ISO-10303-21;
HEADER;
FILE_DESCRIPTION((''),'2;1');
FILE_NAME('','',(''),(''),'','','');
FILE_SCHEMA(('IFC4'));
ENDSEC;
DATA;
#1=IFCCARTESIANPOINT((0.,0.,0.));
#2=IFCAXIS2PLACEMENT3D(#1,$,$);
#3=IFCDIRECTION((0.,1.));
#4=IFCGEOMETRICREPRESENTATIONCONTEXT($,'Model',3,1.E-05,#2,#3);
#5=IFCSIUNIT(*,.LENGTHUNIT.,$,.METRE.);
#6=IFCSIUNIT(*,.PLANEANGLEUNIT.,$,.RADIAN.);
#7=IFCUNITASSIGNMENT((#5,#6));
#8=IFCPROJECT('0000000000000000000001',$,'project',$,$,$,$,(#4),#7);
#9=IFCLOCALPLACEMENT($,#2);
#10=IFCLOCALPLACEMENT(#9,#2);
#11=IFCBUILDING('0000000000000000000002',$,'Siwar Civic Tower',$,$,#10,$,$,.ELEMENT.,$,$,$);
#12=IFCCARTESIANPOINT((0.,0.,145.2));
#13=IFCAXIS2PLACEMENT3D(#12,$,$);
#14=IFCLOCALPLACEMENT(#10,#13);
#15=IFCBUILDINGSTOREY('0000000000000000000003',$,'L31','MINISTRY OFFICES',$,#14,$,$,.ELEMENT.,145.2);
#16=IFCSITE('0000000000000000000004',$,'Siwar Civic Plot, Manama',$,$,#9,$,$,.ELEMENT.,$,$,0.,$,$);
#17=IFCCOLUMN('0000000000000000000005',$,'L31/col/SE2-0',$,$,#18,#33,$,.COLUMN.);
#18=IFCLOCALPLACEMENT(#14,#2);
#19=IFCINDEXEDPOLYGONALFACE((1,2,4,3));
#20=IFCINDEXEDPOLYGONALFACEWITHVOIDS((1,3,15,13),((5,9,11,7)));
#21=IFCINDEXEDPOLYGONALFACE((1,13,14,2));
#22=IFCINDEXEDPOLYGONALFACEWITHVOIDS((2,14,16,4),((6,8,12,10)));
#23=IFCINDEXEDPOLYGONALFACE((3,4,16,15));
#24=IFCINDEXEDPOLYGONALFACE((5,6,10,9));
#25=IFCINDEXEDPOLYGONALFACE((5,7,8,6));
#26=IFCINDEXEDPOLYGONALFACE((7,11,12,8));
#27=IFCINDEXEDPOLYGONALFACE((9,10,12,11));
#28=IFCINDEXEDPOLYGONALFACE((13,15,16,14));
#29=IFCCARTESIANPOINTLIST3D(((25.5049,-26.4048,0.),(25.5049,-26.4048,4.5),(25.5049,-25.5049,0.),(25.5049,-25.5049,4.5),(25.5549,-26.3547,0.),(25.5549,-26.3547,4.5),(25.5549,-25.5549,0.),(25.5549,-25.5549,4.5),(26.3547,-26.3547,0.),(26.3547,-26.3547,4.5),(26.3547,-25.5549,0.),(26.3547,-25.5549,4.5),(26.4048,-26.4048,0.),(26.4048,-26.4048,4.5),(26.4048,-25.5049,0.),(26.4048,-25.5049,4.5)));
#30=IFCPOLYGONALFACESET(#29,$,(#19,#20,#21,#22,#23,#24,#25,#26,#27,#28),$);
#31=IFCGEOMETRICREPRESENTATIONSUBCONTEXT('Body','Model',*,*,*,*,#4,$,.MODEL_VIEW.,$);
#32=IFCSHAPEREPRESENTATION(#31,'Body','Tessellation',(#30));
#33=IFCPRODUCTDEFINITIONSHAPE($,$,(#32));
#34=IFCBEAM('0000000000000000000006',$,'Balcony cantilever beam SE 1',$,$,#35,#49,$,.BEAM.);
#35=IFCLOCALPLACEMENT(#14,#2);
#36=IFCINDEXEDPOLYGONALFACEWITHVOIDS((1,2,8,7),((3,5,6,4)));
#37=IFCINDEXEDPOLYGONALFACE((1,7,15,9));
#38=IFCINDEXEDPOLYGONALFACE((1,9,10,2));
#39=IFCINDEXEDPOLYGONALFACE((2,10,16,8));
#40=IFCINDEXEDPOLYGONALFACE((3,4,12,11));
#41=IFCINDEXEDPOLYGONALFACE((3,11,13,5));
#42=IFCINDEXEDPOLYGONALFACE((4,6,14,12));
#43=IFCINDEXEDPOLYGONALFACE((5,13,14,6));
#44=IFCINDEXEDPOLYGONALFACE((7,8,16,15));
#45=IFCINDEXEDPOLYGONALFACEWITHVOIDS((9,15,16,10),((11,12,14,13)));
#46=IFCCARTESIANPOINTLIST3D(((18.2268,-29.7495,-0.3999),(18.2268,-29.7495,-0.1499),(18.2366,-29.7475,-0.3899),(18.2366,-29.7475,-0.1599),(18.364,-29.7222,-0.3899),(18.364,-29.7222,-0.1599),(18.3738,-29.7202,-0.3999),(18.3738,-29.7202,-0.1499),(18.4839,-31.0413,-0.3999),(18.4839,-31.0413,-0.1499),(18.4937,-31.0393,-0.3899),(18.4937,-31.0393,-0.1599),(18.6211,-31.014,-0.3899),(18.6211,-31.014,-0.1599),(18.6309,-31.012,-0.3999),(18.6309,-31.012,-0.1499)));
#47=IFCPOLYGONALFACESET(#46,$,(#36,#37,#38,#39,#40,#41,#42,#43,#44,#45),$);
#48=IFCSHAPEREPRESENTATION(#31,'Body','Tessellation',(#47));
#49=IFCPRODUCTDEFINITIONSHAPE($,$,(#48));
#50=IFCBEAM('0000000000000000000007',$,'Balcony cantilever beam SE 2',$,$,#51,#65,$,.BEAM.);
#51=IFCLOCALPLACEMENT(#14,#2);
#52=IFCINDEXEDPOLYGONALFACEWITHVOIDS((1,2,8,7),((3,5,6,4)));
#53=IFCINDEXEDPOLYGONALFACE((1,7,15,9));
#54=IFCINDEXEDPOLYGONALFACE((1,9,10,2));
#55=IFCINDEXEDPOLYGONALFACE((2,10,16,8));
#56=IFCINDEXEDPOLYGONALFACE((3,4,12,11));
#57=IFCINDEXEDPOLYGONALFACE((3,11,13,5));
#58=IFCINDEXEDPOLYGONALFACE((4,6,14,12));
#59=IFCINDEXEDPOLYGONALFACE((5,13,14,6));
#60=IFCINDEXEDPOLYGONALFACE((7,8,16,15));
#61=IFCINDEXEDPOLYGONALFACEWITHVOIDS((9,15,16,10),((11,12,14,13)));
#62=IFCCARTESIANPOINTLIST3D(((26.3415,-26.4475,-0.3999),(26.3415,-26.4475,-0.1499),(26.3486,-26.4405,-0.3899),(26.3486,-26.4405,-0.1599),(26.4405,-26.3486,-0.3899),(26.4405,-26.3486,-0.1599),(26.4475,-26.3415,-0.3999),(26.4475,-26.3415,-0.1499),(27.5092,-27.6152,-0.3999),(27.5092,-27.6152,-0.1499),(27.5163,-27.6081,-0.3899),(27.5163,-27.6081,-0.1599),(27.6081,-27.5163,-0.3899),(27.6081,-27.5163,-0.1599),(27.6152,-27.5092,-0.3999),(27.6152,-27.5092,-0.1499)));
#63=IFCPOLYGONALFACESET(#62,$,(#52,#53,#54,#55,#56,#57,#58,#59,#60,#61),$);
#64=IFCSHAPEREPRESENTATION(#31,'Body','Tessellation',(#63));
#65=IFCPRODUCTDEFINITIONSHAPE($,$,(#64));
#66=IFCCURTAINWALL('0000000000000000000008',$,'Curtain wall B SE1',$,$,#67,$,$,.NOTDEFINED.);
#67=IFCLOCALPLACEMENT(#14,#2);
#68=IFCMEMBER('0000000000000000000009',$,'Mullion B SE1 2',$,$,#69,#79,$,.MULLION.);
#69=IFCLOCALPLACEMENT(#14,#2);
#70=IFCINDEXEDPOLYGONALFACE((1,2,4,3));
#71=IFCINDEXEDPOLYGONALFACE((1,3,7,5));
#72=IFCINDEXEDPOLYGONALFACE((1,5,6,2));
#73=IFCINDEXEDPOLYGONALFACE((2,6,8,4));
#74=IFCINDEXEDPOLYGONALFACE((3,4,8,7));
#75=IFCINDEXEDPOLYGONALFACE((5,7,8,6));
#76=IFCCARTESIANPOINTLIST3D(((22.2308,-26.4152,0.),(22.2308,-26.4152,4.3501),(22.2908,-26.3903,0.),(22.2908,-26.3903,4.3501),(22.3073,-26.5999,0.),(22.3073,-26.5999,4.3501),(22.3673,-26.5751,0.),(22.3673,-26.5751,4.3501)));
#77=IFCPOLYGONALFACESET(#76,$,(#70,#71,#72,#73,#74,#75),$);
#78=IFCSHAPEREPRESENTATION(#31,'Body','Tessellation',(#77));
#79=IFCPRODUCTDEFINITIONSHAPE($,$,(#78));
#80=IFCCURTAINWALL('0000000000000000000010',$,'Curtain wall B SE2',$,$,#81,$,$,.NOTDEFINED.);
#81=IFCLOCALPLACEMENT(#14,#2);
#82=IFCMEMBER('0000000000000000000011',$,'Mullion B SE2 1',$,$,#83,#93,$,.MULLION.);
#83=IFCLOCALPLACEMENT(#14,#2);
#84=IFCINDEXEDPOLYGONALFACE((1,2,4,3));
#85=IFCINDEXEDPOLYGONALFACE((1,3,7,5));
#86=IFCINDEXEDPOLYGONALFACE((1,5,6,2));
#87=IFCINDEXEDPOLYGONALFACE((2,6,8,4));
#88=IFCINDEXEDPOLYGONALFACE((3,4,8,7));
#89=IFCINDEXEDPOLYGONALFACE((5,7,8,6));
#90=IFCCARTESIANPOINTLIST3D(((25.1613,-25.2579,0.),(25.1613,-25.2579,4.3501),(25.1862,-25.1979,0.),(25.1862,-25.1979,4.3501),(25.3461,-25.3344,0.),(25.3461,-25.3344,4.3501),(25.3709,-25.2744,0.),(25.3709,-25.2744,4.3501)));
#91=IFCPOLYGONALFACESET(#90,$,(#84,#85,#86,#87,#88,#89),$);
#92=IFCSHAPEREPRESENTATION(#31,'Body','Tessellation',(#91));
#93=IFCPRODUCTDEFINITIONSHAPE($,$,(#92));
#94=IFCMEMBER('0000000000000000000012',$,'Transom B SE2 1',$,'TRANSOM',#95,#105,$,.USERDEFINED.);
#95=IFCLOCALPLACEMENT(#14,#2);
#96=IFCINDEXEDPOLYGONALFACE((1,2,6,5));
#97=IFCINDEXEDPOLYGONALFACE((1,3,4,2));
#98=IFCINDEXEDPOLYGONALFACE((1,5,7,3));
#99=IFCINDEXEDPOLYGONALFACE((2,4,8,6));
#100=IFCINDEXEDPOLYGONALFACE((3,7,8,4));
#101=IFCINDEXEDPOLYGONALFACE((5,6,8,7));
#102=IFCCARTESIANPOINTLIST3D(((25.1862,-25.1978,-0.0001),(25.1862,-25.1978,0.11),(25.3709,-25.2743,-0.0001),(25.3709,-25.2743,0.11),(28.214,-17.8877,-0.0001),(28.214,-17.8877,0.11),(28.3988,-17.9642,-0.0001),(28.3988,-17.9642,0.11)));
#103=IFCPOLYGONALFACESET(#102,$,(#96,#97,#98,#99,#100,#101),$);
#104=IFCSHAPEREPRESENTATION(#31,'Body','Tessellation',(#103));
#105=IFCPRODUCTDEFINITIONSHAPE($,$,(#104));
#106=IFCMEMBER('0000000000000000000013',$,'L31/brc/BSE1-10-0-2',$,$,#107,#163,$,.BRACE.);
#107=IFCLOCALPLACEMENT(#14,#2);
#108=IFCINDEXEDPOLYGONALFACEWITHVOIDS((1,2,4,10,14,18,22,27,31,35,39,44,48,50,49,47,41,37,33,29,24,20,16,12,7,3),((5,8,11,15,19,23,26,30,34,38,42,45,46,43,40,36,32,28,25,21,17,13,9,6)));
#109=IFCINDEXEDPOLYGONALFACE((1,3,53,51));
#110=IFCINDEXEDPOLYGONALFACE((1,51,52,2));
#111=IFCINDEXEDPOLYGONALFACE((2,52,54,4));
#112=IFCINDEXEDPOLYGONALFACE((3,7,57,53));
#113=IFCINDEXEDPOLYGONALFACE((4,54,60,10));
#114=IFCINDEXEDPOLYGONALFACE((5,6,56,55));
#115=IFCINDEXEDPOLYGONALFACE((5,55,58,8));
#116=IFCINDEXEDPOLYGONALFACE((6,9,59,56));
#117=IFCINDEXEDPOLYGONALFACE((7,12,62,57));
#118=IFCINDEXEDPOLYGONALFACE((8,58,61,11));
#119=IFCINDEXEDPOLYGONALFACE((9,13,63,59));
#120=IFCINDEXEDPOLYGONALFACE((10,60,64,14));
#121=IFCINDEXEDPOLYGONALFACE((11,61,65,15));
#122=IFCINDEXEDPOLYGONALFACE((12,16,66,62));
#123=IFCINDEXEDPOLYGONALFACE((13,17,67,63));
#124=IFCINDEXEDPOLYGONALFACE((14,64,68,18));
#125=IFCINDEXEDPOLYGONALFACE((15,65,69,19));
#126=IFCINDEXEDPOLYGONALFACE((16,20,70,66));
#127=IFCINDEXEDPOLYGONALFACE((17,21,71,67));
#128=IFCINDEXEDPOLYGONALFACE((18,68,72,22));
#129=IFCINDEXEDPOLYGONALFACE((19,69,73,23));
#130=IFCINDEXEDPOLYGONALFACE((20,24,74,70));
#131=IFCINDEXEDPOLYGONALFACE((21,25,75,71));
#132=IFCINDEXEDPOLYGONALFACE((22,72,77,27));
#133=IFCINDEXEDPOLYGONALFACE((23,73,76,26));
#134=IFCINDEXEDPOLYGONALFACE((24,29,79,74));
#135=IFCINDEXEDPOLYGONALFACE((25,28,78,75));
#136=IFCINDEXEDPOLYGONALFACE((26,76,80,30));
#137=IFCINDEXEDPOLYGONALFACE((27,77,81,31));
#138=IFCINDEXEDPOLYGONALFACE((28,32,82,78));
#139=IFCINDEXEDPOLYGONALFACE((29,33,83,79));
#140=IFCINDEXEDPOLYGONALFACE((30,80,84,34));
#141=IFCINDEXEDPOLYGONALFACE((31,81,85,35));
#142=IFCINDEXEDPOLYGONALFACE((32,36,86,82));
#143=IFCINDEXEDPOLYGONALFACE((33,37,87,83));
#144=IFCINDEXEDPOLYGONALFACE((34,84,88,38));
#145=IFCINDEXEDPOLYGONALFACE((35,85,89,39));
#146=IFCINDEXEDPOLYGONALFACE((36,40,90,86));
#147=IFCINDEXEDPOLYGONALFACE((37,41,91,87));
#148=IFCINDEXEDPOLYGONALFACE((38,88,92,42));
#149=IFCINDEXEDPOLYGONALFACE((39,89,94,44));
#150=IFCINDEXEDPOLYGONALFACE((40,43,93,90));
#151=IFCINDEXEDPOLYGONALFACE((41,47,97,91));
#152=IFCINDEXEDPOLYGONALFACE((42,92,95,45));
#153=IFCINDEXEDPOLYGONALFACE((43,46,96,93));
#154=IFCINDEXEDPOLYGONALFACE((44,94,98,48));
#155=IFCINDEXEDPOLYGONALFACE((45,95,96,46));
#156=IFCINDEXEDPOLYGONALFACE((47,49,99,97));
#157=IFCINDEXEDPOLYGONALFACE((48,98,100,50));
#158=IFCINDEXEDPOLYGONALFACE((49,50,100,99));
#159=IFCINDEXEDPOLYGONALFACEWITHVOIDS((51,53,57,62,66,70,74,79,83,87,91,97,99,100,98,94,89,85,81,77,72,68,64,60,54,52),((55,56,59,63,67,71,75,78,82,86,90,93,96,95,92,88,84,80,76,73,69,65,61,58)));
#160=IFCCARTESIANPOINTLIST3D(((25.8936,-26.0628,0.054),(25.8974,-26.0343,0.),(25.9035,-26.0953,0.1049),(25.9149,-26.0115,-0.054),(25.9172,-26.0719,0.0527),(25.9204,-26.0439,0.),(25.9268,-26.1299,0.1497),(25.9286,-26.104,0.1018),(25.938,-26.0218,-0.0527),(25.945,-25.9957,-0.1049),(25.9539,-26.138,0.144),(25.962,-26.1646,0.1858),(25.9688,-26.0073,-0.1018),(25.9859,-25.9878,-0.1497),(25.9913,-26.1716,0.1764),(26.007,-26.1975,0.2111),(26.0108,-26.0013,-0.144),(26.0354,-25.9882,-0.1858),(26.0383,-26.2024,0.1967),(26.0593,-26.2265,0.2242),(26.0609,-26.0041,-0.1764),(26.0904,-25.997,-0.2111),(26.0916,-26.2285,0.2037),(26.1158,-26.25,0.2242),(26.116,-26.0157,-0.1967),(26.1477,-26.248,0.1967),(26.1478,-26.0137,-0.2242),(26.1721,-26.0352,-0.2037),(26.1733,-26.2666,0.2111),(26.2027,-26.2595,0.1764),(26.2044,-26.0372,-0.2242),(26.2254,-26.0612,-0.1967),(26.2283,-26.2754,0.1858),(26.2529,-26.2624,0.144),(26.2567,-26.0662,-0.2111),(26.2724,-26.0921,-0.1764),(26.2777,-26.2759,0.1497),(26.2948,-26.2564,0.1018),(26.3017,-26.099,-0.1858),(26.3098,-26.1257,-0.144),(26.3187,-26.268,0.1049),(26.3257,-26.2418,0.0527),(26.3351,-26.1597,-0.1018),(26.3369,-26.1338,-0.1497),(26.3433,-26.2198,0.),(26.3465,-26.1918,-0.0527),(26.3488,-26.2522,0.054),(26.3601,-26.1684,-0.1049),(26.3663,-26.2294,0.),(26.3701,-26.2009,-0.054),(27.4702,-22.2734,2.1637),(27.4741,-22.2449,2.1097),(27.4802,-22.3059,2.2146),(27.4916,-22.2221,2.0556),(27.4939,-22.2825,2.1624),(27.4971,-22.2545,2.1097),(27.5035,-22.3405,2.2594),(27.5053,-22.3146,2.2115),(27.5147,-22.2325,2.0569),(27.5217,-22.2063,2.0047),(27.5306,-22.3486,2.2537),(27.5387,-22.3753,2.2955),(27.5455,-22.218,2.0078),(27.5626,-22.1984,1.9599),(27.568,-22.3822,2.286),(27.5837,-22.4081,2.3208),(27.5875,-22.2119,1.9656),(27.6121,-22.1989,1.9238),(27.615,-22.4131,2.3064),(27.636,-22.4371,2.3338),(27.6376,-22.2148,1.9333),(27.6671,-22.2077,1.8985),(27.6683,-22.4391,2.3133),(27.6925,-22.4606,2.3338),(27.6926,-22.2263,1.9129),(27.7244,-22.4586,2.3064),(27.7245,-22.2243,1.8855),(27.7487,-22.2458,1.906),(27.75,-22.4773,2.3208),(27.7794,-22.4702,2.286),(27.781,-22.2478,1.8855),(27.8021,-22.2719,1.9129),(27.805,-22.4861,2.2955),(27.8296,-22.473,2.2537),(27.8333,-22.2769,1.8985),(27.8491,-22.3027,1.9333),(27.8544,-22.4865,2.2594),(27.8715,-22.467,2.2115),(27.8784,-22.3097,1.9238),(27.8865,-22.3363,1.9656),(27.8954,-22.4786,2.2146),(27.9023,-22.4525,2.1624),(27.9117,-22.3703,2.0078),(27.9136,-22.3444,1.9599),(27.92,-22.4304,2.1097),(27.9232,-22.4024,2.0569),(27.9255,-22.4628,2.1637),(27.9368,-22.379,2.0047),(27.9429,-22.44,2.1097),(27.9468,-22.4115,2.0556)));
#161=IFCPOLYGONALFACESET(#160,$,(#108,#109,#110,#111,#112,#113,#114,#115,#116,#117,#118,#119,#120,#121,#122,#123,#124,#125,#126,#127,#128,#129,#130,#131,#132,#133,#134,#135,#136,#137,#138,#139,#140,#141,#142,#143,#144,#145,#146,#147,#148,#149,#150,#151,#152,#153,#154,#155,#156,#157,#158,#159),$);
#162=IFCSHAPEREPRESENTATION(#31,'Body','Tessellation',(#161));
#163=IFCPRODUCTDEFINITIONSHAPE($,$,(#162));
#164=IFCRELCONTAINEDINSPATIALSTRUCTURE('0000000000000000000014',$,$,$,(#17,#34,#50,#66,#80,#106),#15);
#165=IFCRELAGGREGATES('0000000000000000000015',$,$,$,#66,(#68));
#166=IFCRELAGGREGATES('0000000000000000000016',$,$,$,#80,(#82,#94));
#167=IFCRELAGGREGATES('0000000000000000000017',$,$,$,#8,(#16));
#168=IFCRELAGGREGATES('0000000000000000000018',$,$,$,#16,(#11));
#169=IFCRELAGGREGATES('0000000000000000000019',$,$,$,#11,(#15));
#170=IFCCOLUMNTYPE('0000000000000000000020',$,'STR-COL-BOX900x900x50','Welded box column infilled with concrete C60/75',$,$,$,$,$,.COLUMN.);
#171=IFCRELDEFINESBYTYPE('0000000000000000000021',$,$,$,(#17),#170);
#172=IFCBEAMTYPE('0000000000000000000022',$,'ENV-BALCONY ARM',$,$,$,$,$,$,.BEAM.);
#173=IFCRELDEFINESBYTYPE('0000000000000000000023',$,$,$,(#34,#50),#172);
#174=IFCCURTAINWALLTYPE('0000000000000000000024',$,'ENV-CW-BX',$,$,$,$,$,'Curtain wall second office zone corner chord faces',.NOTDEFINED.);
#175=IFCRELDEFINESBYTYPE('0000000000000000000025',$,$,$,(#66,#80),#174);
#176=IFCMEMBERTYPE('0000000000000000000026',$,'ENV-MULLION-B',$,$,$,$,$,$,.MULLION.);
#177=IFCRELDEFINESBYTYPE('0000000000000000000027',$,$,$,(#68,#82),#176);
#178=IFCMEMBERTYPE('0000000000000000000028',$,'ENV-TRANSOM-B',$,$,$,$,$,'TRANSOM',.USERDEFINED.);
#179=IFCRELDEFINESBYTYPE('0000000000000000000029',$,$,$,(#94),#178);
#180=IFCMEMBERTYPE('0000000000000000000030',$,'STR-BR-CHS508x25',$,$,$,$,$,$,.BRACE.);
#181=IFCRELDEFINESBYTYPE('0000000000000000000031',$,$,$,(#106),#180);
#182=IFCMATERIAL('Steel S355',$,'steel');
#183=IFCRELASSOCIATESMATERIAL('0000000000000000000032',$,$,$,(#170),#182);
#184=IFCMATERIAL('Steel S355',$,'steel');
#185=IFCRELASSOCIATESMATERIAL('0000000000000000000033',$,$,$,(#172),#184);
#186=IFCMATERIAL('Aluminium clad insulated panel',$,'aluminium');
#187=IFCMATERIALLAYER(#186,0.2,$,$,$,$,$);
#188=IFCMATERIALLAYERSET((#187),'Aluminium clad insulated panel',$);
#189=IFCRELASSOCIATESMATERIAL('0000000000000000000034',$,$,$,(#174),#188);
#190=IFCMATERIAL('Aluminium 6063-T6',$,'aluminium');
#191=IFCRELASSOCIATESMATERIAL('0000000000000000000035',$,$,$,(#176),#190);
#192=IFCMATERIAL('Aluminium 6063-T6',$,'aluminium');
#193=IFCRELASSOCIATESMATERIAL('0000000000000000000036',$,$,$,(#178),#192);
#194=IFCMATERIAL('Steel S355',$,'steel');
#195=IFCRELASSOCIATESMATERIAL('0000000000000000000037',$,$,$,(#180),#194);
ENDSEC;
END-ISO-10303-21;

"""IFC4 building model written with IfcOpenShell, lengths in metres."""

from ifc_helpers import new_model, si_unit, direction, frame, origin, origin_2d, place, context, subcontext, project, spatial, rectangle, hollow_rectangle, hollow_circle, extrude, material, layer, layer_set, material_profile, profile_set, type_object, element, aggregate, save


model = new_model("IFC4")

# Units and contexts
model_context = context("Model", 3, precision=1e-05, world=origin(), true_north=direction((0.0, 1.0)))
body_context = subcontext(model_context, "Body", "Model", "MODEL_VIEW")
ifc_project = project(units=[si_unit("LENGTHUNIT", "METRE"), si_unit("PLANEANGLEUNIT", "RADIAN")], contexts=[model_context])

# Site, building, storey
site_placement = place(None, origin())
site = spatial("IfcSite", under=ifc_project, at=site_placement, Name="Siwar Civic Plot, Manama", CompositionType="ELEMENT", RefElevation=0.0)
building_placement = place(site_placement, origin())
building = spatial("IfcBuilding", under=site, at=building_placement, Name="Siwar Civic Tower", CompositionType="ELEMENT")
storey_placement = place(building_placement, frame((0.0, 0.0, 145.2)))
storey = spatial("IfcBuildingStorey", under=building, at=storey_placement, Name="L31", Description="MINISTRY OFFICES", CompositionType="ELEMENT", Elevation=145.2)

# Column
ifc_material_1 = material(Name="Steel S355", Category="steel")
ifc_material_profile_1 = material_profile(ifc_material_1, hollow_rectangle(XDim=0.8999, YDim=0.8999, WallThickness=0.05, at=origin_2d()), Name="BOX900x900x50")
ifc_profile_set_1 = profile_set([ifc_material_profile_1], Name="Steel S355")
column_type = type_object("IfcColumnType", Name="STR-COL-BOX900x900x50", Description="Welded box column infilled with concrete C60/75", PredefinedType="COLUMN", material=ifc_profile_set_1)
column_placement = place(storey_placement, frame((25.9548, -25.9548, 0.0), z_axis=(0.0, 0.0, 1.0), x_axis=(1.0, 0.0, 0.0)))
element("IfcColumn", 1, at=column_placement, inside=storey, type_object=column_type, Name="L31/col/SE2-0", PredefinedType="COLUMN", context=body_context, shape_type="SweptSolid", body=[
    extrude(hollow_rectangle(XDim=0.8999, YDim=0.8999, WallThickness=0.05, at=origin_2d()), origin(), (0.0, 0.0, 1.0), 4.5),
])

# Beams
ifc_material_2 = material(Name="Steel S355", Category="steel")
ifc_material_profile_2 = material_profile(ifc_material_2, hollow_rectangle(XDim=0.1499, YDim=0.25, WallThickness=0.01, at=origin_2d()), Name="RHS250x150x10")
ifc_profile_set_2 = profile_set([ifc_material_profile_2], Name="Steel S355")
beam_type_1 = type_object("IfcBeamType", Name="ENV-BALCONY ARM", PredefinedType="BEAM", material=ifc_profile_set_2)
beam_1_placement = place(storey_placement, frame((18.3003, -29.7349, -0.2749), z_axis=(0.195189, -0.980766, 0.0), x_axis=(0.980766, 0.195189, 0.0)))
element("IfcBeam", 2, at=beam_1_placement, inside=storey, type_object=beam_type_1, Name="Balcony cantilever beam SE 1", PredefinedType="BEAM", context=body_context, shape_type="SweptSolid", body=[
    extrude(hollow_rectangle(XDim=0.1499, YDim=0.25, WallThickness=0.01, at=origin_2d()), origin(), (0.0, 0.0, 1.0), 1.3171),
])
beam_2_placement = place(storey_placement, frame((26.3945, -26.3945, -0.2749), z_axis=(0.707107, -0.707107, 0.0), x_axis=(0.707107, 0.707107, 0.0)))
element("IfcBeam", 3, at=beam_2_placement, inside=storey, type_object=beam_type_1, Name="Balcony cantilever beam SE 2", PredefinedType="BEAM", context=body_context, shape_type="SweptSolid", body=[
    extrude(hollow_rectangle(XDim=0.1499, YDim=0.25, WallThickness=0.01, at=origin_2d()), origin(), (0.0, 0.0, 1.0), 1.6514),
])

# Curtain wall, member
ifc_material_3 = material(Name="Aluminium clad insulated panel", Category="aluminium")
ifc_layer_1 = layer(ifc_material_3, 0.2)
ifc_layer_set_1 = layer_set([ifc_layer_1], Name="Aluminium clad insulated panel")
curtain_wall_type = type_object("IfcCurtainWallType", Name="ENV-CW-BX", ElementType="Curtain wall second office zone corner chord faces", PredefinedType="NOTDEFINED", material=ifc_layer_set_1)
curtain_wall_1_placement = place(storey_placement, origin())
curtain_wall_1 = element("IfcCurtainWall", 4, at=curtain_wall_1_placement, inside=storey, type_object=curtain_wall_type, Name="Curtain wall B SE1", PredefinedType="NOTDEFINED")
ifc_material_4 = material(Name="Aluminium 6063-T6", Category="aluminium")
ifc_material_profile_3 = material_profile(ifc_material_4, rectangle(XDim=0.2, YDim=0.0649, at=origin_2d()), Name="AL 200x65")
ifc_profile_set_3 = profile_set([ifc_material_profile_3], Name="Aluminium 6063-T6")
member_type_1 = type_object("IfcMemberType", Name="ENV-MULLION-B", PredefinedType="MULLION", material=ifc_profile_set_3)
member_1_placement = place(storey_placement, frame((22.2991, -26.4951, 0.0), z_axis=(0.0, 0.0, 1.0), x_axis=(-0.382683, 0.92388, 0.0)))
member_1 = element("IfcMember", 5, at=member_1_placement, type_object=member_type_1, Name="Mullion B SE1 2", PredefinedType="MULLION", context=body_context, shape_type="SweptSolid", body=[
    extrude(rectangle(XDim=0.2, YDim=0.0649, at=origin_2d()), origin(), (0.0, 0.0, 1.0), 4.3501),
])

# Curtain wall, members
curtain_wall_2_placement = place(storey_placement, origin())
curtain_wall_2 = element("IfcCurtainWall", 6, at=curtain_wall_2_placement, inside=storey, type_object=curtain_wall_type, Name="Curtain wall B SE2", PredefinedType="NOTDEFINED")
member_2_placement = place(storey_placement, frame((25.2661, -25.2661, 0.0), z_axis=(0.0, 0.0, 1.0), x_axis=(-0.92388, 0.382683, 0.0)))
member_2 = element("IfcMember", 7, at=member_2_placement, type_object=member_type_1, Name="Mullion B SE2 1", PredefinedType="MULLION", context=body_context, shape_type="SweptSolid", body=[
    extrude(rectangle(XDim=0.2, YDim=0.0649, at=origin_2d()), origin(), (0.0, 0.0, 1.0), 4.3501),
])
ifc_material_5 = material(Name="Aluminium 6063-T6", Category="aluminium")
ifc_material_profile_4 = material_profile(ifc_material_5, rectangle(XDim=0.2, YDim=0.1101, at=origin_2d()), Name="AL 200x110")
ifc_profile_set_4 = profile_set([ifc_material_profile_4], Name="Aluminium 6063-T6")
member_type_2 = type_object("IfcMemberType", Name="ENV-TRANSOM-B", ElementType="TRANSOM", PredefinedType="USERDEFINED", material=ifc_profile_set_4)
member_3_placement = place(storey_placement, frame((25.2786, -25.2361, 0.0549), z_axis=(0.382673, 0.923884, 0.0), x_axis=(-0.923884, 0.382673, 0.0)))
member_3 = element("IfcMember", 8, at=member_3_placement, type_object=member_type_2, Name="Transom B SE2 1", ObjectType="TRANSOM", PredefinedType="USERDEFINED", context=body_context, shape_type="SweptSolid", body=[
    extrude(rectangle(XDim=0.2, YDim=0.1101, at=origin_2d()), origin(), (0.0, 0.0, 1.0), 7.9124),
])

# Member
ifc_material_6 = material(Name="Steel S355", Category="steel")
ifc_material_profile_5 = material_profile(ifc_material_6, hollow_circle(Radius=0.2539, WallThickness=0.0249, at=origin_2d()), Name="CHS508x25")
ifc_profile_set_5 = profile_set([ifc_material_profile_5], Name="Steel S355")
member_type_3 = type_object("IfcMemberType", Name="STR-BR-CHS508x25", PredefinedType="BRACE", material=ifc_profile_set_5)
member_4_placement = place(storey_placement, frame((26.1318, -26.1318, 0.0), z_axis=(0.341662, 0.821143, 0.457155), x_axis=(-0.923269, 0.384155, 0.0)))
element("IfcMember", 9, at=member_4_placement, inside=storey, type_object=member_type_3, Name="L31/brc/BSE1-10-0-2", PredefinedType="BRACE", context=body_context, shape_type="SweptSolid", body=[
    extrude(hollow_circle(Radius=0.2539, WallThickness=0.0249, at=origin_2d()), origin(), (0.0, 0.0, 1.0), 4.6147),
])

aggregate(curtain_wall_1, [member_1])
aggregate(curtain_wall_2, [member_2, member_3])

save(model, "model.ifc")
